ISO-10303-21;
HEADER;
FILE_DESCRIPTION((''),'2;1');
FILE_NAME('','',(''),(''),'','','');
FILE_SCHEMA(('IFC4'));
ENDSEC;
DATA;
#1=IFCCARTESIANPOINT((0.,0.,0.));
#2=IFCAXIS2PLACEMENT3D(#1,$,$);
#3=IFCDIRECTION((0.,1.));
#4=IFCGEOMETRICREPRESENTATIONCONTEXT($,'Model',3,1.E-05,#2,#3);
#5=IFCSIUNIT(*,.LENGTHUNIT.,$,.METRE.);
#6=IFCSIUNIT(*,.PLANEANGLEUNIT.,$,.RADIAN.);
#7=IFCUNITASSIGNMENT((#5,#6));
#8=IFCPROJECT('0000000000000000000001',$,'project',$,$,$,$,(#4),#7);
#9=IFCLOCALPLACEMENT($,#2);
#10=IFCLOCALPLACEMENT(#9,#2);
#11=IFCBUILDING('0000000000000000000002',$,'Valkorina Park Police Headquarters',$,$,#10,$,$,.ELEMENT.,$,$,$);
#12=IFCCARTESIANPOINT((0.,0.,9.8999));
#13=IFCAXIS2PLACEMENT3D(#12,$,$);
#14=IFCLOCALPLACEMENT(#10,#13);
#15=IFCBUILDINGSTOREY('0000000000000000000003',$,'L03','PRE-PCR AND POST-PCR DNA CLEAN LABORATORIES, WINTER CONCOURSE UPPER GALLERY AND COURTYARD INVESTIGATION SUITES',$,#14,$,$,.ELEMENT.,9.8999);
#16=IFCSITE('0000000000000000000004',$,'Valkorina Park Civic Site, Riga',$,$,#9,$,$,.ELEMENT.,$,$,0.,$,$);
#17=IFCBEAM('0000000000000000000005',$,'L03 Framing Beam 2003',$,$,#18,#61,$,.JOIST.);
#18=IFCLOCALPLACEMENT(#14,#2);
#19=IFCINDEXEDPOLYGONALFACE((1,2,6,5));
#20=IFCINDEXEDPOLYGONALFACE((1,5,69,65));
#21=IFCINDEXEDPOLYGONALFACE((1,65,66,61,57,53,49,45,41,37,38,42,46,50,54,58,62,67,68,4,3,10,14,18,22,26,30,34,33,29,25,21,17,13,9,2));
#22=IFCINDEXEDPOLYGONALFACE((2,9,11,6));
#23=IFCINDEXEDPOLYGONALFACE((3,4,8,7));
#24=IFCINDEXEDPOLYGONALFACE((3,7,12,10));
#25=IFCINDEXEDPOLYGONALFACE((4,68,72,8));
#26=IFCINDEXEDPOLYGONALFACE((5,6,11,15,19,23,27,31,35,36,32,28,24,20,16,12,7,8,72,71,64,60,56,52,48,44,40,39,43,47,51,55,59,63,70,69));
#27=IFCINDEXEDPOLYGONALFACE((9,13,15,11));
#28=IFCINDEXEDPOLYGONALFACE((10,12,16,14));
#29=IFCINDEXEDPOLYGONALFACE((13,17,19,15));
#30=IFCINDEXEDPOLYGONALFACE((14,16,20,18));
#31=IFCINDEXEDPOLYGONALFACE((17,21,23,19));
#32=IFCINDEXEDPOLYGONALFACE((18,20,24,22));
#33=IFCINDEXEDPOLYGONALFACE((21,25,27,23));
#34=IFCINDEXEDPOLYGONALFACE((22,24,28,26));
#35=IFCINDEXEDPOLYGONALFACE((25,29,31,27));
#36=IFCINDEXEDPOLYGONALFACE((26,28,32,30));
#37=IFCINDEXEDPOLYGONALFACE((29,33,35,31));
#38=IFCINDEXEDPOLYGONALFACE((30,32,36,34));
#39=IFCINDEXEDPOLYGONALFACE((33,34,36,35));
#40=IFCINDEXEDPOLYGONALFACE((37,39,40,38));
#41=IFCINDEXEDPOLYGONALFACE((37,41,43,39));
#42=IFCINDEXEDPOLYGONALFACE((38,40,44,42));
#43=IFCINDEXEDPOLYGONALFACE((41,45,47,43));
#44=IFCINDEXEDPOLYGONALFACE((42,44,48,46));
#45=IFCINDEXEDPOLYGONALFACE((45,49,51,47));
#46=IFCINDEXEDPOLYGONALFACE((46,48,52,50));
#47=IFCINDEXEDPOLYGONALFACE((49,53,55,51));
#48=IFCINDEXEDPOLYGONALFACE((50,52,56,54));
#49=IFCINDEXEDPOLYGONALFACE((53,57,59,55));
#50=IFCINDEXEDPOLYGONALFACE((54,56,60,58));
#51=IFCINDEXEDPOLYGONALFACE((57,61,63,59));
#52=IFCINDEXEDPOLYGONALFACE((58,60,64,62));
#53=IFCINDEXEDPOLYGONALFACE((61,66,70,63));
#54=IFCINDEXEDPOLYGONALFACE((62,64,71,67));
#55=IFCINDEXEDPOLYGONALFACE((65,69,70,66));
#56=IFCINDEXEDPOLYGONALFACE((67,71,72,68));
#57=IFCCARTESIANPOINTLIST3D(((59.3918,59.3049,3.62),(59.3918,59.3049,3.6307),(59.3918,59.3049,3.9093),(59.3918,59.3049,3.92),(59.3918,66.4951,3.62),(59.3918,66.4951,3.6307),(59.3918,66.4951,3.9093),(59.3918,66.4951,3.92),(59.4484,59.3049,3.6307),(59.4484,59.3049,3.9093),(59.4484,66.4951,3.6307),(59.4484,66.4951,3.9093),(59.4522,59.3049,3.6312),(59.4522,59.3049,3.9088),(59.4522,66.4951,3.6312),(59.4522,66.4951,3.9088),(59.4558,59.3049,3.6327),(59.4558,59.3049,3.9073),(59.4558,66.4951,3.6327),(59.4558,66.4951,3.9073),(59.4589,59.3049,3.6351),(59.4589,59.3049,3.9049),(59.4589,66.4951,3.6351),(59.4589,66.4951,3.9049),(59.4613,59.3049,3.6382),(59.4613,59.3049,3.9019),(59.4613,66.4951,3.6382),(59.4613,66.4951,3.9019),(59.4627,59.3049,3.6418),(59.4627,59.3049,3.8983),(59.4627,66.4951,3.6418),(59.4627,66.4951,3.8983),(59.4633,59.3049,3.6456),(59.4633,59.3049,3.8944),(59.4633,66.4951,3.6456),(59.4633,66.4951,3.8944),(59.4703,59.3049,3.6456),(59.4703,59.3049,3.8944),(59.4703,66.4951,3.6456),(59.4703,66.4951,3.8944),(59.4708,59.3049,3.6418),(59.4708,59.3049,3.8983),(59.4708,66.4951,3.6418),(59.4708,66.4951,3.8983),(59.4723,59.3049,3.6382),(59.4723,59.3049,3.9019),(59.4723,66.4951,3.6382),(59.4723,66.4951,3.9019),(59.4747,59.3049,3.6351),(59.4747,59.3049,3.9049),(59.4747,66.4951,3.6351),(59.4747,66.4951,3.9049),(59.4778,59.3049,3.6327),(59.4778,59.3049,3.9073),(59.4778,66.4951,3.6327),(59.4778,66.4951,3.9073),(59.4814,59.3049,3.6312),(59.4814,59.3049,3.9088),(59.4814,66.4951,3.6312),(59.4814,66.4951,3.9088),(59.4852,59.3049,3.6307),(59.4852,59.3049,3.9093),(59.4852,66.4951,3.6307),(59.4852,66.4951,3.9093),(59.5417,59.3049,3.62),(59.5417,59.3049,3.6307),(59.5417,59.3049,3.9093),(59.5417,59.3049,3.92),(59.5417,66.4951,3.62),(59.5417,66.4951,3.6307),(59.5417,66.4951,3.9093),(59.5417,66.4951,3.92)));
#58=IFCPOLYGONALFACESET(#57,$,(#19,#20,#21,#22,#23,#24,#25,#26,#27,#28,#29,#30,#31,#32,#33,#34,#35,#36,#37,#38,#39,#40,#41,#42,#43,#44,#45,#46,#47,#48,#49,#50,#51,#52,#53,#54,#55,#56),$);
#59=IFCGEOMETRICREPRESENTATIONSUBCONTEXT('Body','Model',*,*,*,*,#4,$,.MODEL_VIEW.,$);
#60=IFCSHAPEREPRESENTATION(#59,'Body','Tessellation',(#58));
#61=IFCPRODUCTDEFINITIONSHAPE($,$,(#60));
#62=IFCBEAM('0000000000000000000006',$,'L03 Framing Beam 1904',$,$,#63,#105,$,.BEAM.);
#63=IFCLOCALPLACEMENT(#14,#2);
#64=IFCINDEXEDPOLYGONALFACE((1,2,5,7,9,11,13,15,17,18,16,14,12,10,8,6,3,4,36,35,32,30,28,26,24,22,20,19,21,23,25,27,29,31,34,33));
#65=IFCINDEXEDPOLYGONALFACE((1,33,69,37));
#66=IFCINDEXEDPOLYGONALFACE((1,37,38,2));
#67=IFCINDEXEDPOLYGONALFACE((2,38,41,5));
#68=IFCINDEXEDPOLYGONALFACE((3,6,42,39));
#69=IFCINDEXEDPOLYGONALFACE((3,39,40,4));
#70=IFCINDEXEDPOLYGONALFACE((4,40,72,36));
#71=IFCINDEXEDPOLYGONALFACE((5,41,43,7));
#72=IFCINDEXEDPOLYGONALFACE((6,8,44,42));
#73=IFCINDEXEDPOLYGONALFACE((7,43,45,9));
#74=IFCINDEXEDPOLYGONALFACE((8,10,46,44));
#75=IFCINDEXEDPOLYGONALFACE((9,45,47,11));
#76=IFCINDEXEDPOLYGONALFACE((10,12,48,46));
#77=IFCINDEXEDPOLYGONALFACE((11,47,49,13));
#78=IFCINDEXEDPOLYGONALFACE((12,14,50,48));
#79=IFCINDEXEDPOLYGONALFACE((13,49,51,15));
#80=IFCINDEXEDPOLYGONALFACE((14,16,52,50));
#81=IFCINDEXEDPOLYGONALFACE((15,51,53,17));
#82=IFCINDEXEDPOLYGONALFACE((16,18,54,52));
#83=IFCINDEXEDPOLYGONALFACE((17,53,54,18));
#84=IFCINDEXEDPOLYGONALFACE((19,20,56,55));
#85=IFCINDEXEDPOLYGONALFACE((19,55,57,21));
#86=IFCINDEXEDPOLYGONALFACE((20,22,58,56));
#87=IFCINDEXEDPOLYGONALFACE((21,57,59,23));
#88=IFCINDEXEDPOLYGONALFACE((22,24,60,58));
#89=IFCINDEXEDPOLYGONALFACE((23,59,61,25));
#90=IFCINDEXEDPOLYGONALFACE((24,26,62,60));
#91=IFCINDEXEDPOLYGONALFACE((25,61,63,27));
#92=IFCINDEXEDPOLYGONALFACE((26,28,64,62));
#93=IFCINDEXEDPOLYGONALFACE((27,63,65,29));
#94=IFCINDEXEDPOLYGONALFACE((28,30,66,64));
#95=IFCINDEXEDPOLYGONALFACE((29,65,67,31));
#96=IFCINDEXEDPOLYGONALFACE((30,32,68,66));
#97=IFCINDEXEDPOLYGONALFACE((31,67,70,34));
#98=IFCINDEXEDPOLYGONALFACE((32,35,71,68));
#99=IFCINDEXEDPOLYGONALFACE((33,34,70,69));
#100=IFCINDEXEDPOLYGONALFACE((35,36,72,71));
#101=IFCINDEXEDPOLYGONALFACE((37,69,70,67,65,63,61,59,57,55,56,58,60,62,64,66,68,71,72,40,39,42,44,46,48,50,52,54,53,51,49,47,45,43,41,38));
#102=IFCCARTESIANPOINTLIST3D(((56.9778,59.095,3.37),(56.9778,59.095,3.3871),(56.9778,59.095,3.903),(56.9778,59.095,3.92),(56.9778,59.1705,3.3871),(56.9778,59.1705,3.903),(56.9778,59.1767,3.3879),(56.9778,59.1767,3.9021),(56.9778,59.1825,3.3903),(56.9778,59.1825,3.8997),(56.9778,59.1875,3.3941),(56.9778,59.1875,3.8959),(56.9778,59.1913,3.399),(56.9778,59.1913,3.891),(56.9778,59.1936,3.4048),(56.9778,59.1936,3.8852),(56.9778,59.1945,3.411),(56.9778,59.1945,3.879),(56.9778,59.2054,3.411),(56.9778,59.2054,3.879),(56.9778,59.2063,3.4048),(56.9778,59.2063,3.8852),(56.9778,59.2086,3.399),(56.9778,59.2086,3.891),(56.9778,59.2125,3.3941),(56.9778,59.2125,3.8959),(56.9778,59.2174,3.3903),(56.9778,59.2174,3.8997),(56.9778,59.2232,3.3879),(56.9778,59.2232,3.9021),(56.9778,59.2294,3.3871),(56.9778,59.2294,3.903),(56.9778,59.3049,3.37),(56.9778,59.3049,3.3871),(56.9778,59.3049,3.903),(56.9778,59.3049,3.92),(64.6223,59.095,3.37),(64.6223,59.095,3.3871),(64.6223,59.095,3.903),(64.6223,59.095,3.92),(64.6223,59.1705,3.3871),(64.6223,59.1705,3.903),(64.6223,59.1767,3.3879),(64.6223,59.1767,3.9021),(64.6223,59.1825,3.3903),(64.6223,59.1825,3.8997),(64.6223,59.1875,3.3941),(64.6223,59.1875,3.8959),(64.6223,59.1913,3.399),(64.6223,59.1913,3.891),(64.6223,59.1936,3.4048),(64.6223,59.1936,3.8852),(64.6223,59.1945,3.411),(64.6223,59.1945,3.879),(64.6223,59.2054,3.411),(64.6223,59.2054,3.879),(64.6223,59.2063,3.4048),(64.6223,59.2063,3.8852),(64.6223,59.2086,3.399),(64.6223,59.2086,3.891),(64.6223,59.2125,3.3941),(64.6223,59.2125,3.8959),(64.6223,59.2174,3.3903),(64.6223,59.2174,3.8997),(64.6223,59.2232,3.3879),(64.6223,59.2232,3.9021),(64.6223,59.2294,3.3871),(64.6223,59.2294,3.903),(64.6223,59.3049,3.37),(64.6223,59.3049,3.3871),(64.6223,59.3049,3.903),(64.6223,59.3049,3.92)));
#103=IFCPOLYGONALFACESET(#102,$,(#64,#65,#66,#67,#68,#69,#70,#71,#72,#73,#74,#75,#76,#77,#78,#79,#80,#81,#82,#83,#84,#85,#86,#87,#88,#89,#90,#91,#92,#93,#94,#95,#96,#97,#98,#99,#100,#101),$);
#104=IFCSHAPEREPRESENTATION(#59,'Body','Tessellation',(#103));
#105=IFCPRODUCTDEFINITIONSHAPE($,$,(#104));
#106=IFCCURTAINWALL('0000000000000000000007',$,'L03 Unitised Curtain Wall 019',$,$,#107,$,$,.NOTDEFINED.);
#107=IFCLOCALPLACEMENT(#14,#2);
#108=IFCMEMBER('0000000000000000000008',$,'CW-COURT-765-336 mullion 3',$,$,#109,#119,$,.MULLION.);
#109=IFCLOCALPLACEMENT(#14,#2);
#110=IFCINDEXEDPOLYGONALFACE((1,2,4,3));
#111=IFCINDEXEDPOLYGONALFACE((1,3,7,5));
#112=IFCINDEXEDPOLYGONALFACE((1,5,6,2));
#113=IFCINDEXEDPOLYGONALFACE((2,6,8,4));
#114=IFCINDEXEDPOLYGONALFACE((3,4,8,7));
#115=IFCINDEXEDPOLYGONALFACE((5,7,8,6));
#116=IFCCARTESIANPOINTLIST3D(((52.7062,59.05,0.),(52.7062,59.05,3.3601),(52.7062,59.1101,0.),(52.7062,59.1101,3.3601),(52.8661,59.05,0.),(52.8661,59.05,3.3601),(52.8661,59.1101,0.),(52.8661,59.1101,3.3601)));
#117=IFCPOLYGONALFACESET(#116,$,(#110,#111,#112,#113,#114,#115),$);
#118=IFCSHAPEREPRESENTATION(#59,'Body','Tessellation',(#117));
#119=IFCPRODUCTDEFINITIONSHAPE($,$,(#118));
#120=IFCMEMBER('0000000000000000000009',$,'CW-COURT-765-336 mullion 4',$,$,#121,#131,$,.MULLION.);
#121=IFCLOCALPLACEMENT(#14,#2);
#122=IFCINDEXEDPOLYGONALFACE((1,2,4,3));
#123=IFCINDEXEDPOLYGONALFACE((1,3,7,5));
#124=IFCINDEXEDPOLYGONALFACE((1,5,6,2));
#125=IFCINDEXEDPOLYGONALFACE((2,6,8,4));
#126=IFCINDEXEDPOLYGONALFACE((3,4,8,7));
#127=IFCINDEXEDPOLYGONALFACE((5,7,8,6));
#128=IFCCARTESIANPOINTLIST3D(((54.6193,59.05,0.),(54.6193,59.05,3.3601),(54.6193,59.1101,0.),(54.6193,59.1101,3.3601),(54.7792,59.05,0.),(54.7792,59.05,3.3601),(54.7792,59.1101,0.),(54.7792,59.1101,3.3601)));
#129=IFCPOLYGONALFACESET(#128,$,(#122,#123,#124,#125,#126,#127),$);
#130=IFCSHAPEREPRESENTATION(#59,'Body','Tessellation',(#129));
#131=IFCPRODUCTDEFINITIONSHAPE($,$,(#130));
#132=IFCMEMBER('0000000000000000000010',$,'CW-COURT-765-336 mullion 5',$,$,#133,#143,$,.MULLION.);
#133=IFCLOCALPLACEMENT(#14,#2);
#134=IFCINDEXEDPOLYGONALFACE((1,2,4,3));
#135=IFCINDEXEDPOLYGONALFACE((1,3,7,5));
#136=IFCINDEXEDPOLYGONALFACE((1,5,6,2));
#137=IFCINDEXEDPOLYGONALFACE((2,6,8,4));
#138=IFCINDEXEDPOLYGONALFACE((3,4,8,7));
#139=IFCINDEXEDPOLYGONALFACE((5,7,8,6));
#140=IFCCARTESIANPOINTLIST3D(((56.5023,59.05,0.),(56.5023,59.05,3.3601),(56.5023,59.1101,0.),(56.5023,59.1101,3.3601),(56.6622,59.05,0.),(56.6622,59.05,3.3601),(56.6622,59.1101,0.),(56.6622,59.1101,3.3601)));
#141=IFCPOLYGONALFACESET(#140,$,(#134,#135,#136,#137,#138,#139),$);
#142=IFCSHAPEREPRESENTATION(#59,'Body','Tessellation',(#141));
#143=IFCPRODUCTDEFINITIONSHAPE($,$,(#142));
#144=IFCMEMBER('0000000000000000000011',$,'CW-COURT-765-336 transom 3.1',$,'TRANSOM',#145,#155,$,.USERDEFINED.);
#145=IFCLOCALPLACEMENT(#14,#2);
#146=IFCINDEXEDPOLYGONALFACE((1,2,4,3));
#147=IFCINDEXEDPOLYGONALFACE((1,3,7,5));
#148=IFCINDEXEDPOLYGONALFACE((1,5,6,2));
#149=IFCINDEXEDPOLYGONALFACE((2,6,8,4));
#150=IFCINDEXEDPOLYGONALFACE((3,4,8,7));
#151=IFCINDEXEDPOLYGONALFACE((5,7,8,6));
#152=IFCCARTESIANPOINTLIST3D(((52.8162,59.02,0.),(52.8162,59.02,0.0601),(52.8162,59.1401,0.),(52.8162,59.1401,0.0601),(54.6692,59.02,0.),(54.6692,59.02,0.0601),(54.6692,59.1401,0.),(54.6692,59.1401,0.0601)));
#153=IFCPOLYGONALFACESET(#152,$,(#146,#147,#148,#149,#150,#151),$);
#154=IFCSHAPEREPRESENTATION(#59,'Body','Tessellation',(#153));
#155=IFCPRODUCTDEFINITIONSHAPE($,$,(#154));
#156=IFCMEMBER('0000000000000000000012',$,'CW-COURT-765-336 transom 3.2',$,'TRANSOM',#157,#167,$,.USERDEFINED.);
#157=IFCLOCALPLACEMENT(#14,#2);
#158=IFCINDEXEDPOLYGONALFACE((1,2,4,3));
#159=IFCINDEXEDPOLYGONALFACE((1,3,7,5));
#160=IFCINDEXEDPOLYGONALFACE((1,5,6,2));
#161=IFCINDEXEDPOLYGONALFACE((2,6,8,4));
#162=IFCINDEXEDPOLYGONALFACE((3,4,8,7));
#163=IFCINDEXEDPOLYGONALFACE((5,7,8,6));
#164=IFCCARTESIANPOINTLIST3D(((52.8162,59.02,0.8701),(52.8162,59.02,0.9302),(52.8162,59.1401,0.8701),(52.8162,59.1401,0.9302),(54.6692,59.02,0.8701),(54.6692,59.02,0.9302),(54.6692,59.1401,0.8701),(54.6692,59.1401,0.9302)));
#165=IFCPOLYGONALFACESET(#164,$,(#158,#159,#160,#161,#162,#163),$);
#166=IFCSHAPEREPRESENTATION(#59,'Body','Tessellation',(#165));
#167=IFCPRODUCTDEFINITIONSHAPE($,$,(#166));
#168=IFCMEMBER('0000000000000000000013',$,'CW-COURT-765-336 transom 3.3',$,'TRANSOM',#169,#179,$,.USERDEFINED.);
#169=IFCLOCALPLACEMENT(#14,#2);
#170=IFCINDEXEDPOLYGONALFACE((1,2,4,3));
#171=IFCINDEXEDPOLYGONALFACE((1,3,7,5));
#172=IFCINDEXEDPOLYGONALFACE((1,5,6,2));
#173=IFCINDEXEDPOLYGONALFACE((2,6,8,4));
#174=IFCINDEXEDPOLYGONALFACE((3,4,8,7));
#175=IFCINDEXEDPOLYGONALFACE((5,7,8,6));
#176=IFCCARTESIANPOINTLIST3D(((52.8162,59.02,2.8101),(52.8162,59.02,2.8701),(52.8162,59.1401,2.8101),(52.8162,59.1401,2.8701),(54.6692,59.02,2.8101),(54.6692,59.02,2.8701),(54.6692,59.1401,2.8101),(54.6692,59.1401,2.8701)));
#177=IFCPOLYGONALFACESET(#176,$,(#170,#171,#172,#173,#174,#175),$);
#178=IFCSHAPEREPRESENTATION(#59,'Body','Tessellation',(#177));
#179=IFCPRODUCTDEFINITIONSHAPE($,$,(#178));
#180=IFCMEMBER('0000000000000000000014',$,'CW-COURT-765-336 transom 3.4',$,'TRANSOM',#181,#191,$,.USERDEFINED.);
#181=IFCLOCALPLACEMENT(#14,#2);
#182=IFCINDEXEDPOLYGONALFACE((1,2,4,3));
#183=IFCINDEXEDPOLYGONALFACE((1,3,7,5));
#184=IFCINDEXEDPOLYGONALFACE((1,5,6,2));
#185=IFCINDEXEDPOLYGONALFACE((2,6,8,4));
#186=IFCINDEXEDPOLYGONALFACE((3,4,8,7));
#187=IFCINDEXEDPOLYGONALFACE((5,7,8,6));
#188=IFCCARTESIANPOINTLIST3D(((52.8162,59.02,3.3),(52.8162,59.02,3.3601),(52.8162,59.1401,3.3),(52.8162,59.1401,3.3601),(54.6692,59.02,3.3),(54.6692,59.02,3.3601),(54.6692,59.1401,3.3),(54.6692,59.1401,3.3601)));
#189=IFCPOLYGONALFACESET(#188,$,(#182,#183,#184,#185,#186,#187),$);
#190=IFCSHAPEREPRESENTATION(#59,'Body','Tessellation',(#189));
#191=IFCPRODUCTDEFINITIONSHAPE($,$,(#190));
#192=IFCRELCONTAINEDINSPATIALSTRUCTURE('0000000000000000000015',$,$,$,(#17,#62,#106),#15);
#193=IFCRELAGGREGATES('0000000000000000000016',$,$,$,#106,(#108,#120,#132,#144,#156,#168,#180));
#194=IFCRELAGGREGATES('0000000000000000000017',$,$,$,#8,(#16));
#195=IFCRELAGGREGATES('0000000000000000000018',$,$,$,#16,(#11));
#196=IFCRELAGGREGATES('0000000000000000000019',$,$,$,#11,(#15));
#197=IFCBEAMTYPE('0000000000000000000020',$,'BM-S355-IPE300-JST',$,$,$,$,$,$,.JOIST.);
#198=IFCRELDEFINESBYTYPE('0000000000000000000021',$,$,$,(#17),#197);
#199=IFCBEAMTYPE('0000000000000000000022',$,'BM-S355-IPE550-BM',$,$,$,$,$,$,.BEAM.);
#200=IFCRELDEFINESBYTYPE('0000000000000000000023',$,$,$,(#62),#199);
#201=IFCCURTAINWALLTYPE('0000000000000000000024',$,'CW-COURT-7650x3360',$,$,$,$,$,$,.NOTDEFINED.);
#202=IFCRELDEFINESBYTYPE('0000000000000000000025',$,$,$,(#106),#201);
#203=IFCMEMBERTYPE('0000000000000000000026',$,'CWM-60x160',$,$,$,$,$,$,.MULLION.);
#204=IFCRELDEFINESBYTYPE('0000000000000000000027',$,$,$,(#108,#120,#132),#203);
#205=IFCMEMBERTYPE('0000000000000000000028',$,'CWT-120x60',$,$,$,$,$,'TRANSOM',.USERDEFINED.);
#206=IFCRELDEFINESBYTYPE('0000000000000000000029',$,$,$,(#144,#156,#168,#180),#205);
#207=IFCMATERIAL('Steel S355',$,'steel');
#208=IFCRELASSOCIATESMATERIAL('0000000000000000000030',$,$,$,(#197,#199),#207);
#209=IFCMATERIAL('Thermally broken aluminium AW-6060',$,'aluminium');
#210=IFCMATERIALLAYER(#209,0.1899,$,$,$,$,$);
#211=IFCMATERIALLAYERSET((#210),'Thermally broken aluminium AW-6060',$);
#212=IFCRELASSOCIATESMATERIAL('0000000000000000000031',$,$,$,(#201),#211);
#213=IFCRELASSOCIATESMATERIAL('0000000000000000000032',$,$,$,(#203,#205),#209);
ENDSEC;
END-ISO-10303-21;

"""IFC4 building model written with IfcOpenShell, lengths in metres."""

from ifc_helpers import new_model, si_unit, direction, frame, origin, origin_2d, place, context, subcontext, project, spatial, rectangle, i_section, extrude, material, layer, layer_set, material_profile, profile_set, type_object, element, aggregate, save


model = new_model("IFC4")

# Units and contexts
model_context = context("Model", 3, precision=1e-05, world=origin(), true_north=direction((0.0, 1.0)))
body_context = subcontext(model_context, "Body", "Model", "MODEL_VIEW")
ifc_project = project(units=[si_unit("LENGTHUNIT", "METRE"), si_unit("PLANEANGLEUNIT", "RADIAN")], contexts=[model_context])

# Site, building, storey
site_placement = place(None, origin())
site = spatial("IfcSite", under=ifc_project, at=site_placement, Name="Valkorina Park Civic Site, Riga", CompositionType="ELEMENT", RefElevation=0.0)
building_placement = place(site_placement, origin())
building = spatial("IfcBuilding", under=site, at=building_placement, Name="Valkorina Park Police Headquarters", CompositionType="ELEMENT")
storey_placement = place(building_placement, frame((0.0, 0.0, 9.8999)))
storey = spatial("IfcBuildingStorey", under=building, at=storey_placement, Name="L03", Description="PRE-PCR AND POST-PCR DNA CLEAN LABORATORIES, WINTER CONCOURSE UPPER GALLERY AND COURTYARD INVESTIGATION SUITES", CompositionType="ELEMENT", Elevation=9.8999)

# Shared definitions
ifc_material_1 = material(Name="Steel S355", Category="steel")

# Beams
ifc_material_profile_1 = material_profile(ifc_material_1, i_section(OverallWidth=0.1499, OverallDepth=0.3, WebThickness=0.0071, FlangeThickness=0.0107, FilletRadius=0.0149, at=origin_2d()), Name="IPE 300")
ifc_profile_set_1 = profile_set([ifc_material_profile_1], Name="Steel S355")
beam_type_1 = type_object("IfcBeamType", Name="BM-S355-IPE300-JST", PredefinedType="JOIST", material=ifc_profile_set_1)
beam_1_placement = place(storey_placement, frame((59.4668, 59.3049, 3.77), z_axis=(0.0, 1.0, 0.0), x_axis=(-1.0, 0.0, 0.0)))
element("IfcBeam", 1, at=beam_1_placement, inside=storey, type_object=beam_type_1, Name="L03 Framing Beam 2003", PredefinedType="JOIST", context=body_context, shape_type="SweptSolid", body=[
    extrude(i_section(OverallWidth=0.1499, OverallDepth=0.3, WebThickness=0.0071, FlangeThickness=0.0107, FilletRadius=0.0149, at=origin_2d()), origin(), (0.0, 0.0, 1.0), 7.1902),
])
ifc_material_profile_2 = material_profile(ifc_material_1, i_section(OverallWidth=0.21, OverallDepth=0.55, WebThickness=0.011, FlangeThickness=0.0171, FilletRadius=0.0239, at=origin_2d()), Name="IPE 550")
ifc_profile_set_2 = profile_set([ifc_material_profile_2], Name="Steel S355")
beam_type_2 = type_object("IfcBeamType", Name="BM-S355-IPE550-BM", PredefinedType="BEAM", material=ifc_profile_set_2)
beam_2_placement = place(storey_placement, frame((56.9778, 59.2, 3.645), z_axis=(1.0, 0.0, 0.0), x_axis=(0.0, 1.0, 0.0)))
element("IfcBeam", 2, at=beam_2_placement, inside=storey, type_object=beam_type_2, Name="L03 Framing Beam 1904", PredefinedType="BEAM", context=body_context, shape_type="SweptSolid", body=[
    extrude(i_section(OverallWidth=0.21, OverallDepth=0.55, WebThickness=0.011, FlangeThickness=0.0171, FilletRadius=0.0239, at=origin_2d()), origin(), (0.0, 0.0, 1.0), 7.6445),
])

# Curtain wall, members
ifc_material_2 = material(Name="Thermally broken aluminium AW-6060", Category="aluminium")
ifc_layer_1 = layer(ifc_material_2, 0.1899)
ifc_layer_set_1 = layer_set([ifc_layer_1], Name="Thermally broken aluminium AW-6060")
curtain_wall_type = type_object("IfcCurtainWallType", Name="CW-COURT-7650x3360", PredefinedType="NOTDEFINED", material=ifc_layer_set_1)
curtain_wall_placement = place(storey_placement, origin())
curtain_wall = element("IfcCurtainWall", 3, at=curtain_wall_placement, inside=storey, type_object=curtain_wall_type, Name="L03 Unitised Curtain Wall 019", PredefinedType="NOTDEFINED")
ifc_material_profile_3 = material_profile(ifc_material_2, rectangle(XDim=0.0601, YDim=0.1599, at=origin_2d()), Name="CWM-01 60x160")
ifc_profile_set_3 = profile_set([ifc_material_profile_3], Name="Thermally broken aluminium AW-6060")
member_type_1 = type_object("IfcMemberType", Name="CWM-60x160", PredefinedType="MULLION", material=ifc_profile_set_3)
member_1_placement = place(storey_placement, frame((52.7861, 59.0801, 0.0), z_axis=(0.0, 0.0, 1.0), x_axis=(0.0, 1.0, 0.0)))
member_1 = element("IfcMember", 4, at=member_1_placement, type_object=member_type_1, Name="CW-COURT-765-336 mullion 3", PredefinedType="MULLION", context=body_context, shape_type="SweptSolid", body=[
    extrude(rectangle(XDim=0.0601, YDim=0.1599, at=origin_2d()), origin(), (0.0, 0.0, 1.0), 3.3601),
])
member_2_placement = place(storey_placement, frame((54.6992, 59.0801, 0.0), z_axis=(0.0, 0.0, 1.0), x_axis=(0.0, 1.0, 0.0)))
member_2 = element("IfcMember", 5, at=member_2_placement, type_object=member_type_1, Name="CW-COURT-765-336 mullion 4", PredefinedType="MULLION", context=body_context, shape_type="SweptSolid", body=[
    extrude(rectangle(XDim=0.0601, YDim=0.1599, at=origin_2d()), origin(), (0.0, 0.0, 1.0), 3.3601),
])
member_3_placement = place(storey_placement, frame((56.5823, 59.0801, 0.0), z_axis=(0.0, 0.0, 1.0), x_axis=(0.0, 1.0, 0.0)))
member_3 = element("IfcMember", 6, at=member_3_placement, type_object=member_type_1, Name="CW-COURT-765-336 mullion 5", PredefinedType="MULLION", context=body_context, shape_type="SweptSolid", body=[
    extrude(rectangle(XDim=0.0601, YDim=0.1599, at=origin_2d()), origin(), (0.0, 0.0, 1.0), 3.3601),
])
ifc_material_profile_4 = material_profile(ifc_material_2, rectangle(XDim=0.1201, YDim=0.0601, at=origin_2d()), Name="CWT-01 120x60")
ifc_profile_set_4 = profile_set([ifc_material_profile_4], Name="Thermally broken aluminium AW-6060")
member_type_2 = type_object("IfcMemberType", Name="CWT-120x60", ElementType="TRANSOM", PredefinedType="USERDEFINED", material=ifc_profile_set_4)
member_4_placement = place(storey_placement, frame((52.8162, 59.0801, 0.03), z_axis=(1.0, 0.0, 0.0), x_axis=(0.0, 1.0, 0.0)))
member_4 = element("IfcMember", 7, at=member_4_placement, type_object=member_type_2, Name="CW-COURT-765-336 transom 3.1", ObjectType="TRANSOM", PredefinedType="USERDEFINED", context=body_context, shape_type="SweptSolid", body=[
    extrude(rectangle(XDim=0.1201, YDim=0.0601, at=origin_2d()), origin(), (0.0, 0.0, 1.0), 1.853),
])
member_5_placement = place(storey_placement, frame((52.8162, 59.0801, 0.9001), z_axis=(1.0, 0.0, 0.0), x_axis=(0.0, 1.0, 0.0)))
member_5 = element("IfcMember", 8, at=member_5_placement, type_object=member_type_2, Name="CW-COURT-765-336 transom 3.2", ObjectType="TRANSOM", PredefinedType="USERDEFINED", context=body_context, shape_type="SweptSolid", body=[
    extrude(rectangle(XDim=0.1201, YDim=0.0601, at=origin_2d()), origin(), (0.0, 0.0, 1.0), 1.853),
])
member_6_placement = place(storey_placement, frame((52.8162, 59.0801, 2.8401), z_axis=(1.0, 0.0, 0.0), x_axis=(0.0, 1.0, 0.0)))
member_6 = element("IfcMember", 9, at=member_6_placement, type_object=member_type_2, Name="CW-COURT-765-336 transom 3.3", ObjectType="TRANSOM", PredefinedType="USERDEFINED", context=body_context, shape_type="SweptSolid", body=[
    extrude(rectangle(XDim=0.1201, YDim=0.0601, at=origin_2d()), origin(), (0.0, 0.0, 1.0), 1.853),
])
member_7_placement = place(storey_placement, frame((52.8162, 59.0801, 3.3301), z_axis=(1.0, 0.0, 0.0), x_axis=(0.0, 1.0, 0.0)))
member_7 = element("IfcMember", 10, at=member_7_placement, type_object=member_type_2, Name="CW-COURT-765-336 transom 3.4", ObjectType="TRANSOM", PredefinedType="USERDEFINED", context=body_context, shape_type="SweptSolid", body=[
    extrude(rectangle(XDim=0.1201, YDim=0.0601, at=origin_2d()), origin(), (0.0, 0.0, 1.0), 1.853),
])
aggregate(curtain_wall, [member_1, member_2, member_3, member_4, member_5, member_6, member_7])

save(model, "model.ifc")
